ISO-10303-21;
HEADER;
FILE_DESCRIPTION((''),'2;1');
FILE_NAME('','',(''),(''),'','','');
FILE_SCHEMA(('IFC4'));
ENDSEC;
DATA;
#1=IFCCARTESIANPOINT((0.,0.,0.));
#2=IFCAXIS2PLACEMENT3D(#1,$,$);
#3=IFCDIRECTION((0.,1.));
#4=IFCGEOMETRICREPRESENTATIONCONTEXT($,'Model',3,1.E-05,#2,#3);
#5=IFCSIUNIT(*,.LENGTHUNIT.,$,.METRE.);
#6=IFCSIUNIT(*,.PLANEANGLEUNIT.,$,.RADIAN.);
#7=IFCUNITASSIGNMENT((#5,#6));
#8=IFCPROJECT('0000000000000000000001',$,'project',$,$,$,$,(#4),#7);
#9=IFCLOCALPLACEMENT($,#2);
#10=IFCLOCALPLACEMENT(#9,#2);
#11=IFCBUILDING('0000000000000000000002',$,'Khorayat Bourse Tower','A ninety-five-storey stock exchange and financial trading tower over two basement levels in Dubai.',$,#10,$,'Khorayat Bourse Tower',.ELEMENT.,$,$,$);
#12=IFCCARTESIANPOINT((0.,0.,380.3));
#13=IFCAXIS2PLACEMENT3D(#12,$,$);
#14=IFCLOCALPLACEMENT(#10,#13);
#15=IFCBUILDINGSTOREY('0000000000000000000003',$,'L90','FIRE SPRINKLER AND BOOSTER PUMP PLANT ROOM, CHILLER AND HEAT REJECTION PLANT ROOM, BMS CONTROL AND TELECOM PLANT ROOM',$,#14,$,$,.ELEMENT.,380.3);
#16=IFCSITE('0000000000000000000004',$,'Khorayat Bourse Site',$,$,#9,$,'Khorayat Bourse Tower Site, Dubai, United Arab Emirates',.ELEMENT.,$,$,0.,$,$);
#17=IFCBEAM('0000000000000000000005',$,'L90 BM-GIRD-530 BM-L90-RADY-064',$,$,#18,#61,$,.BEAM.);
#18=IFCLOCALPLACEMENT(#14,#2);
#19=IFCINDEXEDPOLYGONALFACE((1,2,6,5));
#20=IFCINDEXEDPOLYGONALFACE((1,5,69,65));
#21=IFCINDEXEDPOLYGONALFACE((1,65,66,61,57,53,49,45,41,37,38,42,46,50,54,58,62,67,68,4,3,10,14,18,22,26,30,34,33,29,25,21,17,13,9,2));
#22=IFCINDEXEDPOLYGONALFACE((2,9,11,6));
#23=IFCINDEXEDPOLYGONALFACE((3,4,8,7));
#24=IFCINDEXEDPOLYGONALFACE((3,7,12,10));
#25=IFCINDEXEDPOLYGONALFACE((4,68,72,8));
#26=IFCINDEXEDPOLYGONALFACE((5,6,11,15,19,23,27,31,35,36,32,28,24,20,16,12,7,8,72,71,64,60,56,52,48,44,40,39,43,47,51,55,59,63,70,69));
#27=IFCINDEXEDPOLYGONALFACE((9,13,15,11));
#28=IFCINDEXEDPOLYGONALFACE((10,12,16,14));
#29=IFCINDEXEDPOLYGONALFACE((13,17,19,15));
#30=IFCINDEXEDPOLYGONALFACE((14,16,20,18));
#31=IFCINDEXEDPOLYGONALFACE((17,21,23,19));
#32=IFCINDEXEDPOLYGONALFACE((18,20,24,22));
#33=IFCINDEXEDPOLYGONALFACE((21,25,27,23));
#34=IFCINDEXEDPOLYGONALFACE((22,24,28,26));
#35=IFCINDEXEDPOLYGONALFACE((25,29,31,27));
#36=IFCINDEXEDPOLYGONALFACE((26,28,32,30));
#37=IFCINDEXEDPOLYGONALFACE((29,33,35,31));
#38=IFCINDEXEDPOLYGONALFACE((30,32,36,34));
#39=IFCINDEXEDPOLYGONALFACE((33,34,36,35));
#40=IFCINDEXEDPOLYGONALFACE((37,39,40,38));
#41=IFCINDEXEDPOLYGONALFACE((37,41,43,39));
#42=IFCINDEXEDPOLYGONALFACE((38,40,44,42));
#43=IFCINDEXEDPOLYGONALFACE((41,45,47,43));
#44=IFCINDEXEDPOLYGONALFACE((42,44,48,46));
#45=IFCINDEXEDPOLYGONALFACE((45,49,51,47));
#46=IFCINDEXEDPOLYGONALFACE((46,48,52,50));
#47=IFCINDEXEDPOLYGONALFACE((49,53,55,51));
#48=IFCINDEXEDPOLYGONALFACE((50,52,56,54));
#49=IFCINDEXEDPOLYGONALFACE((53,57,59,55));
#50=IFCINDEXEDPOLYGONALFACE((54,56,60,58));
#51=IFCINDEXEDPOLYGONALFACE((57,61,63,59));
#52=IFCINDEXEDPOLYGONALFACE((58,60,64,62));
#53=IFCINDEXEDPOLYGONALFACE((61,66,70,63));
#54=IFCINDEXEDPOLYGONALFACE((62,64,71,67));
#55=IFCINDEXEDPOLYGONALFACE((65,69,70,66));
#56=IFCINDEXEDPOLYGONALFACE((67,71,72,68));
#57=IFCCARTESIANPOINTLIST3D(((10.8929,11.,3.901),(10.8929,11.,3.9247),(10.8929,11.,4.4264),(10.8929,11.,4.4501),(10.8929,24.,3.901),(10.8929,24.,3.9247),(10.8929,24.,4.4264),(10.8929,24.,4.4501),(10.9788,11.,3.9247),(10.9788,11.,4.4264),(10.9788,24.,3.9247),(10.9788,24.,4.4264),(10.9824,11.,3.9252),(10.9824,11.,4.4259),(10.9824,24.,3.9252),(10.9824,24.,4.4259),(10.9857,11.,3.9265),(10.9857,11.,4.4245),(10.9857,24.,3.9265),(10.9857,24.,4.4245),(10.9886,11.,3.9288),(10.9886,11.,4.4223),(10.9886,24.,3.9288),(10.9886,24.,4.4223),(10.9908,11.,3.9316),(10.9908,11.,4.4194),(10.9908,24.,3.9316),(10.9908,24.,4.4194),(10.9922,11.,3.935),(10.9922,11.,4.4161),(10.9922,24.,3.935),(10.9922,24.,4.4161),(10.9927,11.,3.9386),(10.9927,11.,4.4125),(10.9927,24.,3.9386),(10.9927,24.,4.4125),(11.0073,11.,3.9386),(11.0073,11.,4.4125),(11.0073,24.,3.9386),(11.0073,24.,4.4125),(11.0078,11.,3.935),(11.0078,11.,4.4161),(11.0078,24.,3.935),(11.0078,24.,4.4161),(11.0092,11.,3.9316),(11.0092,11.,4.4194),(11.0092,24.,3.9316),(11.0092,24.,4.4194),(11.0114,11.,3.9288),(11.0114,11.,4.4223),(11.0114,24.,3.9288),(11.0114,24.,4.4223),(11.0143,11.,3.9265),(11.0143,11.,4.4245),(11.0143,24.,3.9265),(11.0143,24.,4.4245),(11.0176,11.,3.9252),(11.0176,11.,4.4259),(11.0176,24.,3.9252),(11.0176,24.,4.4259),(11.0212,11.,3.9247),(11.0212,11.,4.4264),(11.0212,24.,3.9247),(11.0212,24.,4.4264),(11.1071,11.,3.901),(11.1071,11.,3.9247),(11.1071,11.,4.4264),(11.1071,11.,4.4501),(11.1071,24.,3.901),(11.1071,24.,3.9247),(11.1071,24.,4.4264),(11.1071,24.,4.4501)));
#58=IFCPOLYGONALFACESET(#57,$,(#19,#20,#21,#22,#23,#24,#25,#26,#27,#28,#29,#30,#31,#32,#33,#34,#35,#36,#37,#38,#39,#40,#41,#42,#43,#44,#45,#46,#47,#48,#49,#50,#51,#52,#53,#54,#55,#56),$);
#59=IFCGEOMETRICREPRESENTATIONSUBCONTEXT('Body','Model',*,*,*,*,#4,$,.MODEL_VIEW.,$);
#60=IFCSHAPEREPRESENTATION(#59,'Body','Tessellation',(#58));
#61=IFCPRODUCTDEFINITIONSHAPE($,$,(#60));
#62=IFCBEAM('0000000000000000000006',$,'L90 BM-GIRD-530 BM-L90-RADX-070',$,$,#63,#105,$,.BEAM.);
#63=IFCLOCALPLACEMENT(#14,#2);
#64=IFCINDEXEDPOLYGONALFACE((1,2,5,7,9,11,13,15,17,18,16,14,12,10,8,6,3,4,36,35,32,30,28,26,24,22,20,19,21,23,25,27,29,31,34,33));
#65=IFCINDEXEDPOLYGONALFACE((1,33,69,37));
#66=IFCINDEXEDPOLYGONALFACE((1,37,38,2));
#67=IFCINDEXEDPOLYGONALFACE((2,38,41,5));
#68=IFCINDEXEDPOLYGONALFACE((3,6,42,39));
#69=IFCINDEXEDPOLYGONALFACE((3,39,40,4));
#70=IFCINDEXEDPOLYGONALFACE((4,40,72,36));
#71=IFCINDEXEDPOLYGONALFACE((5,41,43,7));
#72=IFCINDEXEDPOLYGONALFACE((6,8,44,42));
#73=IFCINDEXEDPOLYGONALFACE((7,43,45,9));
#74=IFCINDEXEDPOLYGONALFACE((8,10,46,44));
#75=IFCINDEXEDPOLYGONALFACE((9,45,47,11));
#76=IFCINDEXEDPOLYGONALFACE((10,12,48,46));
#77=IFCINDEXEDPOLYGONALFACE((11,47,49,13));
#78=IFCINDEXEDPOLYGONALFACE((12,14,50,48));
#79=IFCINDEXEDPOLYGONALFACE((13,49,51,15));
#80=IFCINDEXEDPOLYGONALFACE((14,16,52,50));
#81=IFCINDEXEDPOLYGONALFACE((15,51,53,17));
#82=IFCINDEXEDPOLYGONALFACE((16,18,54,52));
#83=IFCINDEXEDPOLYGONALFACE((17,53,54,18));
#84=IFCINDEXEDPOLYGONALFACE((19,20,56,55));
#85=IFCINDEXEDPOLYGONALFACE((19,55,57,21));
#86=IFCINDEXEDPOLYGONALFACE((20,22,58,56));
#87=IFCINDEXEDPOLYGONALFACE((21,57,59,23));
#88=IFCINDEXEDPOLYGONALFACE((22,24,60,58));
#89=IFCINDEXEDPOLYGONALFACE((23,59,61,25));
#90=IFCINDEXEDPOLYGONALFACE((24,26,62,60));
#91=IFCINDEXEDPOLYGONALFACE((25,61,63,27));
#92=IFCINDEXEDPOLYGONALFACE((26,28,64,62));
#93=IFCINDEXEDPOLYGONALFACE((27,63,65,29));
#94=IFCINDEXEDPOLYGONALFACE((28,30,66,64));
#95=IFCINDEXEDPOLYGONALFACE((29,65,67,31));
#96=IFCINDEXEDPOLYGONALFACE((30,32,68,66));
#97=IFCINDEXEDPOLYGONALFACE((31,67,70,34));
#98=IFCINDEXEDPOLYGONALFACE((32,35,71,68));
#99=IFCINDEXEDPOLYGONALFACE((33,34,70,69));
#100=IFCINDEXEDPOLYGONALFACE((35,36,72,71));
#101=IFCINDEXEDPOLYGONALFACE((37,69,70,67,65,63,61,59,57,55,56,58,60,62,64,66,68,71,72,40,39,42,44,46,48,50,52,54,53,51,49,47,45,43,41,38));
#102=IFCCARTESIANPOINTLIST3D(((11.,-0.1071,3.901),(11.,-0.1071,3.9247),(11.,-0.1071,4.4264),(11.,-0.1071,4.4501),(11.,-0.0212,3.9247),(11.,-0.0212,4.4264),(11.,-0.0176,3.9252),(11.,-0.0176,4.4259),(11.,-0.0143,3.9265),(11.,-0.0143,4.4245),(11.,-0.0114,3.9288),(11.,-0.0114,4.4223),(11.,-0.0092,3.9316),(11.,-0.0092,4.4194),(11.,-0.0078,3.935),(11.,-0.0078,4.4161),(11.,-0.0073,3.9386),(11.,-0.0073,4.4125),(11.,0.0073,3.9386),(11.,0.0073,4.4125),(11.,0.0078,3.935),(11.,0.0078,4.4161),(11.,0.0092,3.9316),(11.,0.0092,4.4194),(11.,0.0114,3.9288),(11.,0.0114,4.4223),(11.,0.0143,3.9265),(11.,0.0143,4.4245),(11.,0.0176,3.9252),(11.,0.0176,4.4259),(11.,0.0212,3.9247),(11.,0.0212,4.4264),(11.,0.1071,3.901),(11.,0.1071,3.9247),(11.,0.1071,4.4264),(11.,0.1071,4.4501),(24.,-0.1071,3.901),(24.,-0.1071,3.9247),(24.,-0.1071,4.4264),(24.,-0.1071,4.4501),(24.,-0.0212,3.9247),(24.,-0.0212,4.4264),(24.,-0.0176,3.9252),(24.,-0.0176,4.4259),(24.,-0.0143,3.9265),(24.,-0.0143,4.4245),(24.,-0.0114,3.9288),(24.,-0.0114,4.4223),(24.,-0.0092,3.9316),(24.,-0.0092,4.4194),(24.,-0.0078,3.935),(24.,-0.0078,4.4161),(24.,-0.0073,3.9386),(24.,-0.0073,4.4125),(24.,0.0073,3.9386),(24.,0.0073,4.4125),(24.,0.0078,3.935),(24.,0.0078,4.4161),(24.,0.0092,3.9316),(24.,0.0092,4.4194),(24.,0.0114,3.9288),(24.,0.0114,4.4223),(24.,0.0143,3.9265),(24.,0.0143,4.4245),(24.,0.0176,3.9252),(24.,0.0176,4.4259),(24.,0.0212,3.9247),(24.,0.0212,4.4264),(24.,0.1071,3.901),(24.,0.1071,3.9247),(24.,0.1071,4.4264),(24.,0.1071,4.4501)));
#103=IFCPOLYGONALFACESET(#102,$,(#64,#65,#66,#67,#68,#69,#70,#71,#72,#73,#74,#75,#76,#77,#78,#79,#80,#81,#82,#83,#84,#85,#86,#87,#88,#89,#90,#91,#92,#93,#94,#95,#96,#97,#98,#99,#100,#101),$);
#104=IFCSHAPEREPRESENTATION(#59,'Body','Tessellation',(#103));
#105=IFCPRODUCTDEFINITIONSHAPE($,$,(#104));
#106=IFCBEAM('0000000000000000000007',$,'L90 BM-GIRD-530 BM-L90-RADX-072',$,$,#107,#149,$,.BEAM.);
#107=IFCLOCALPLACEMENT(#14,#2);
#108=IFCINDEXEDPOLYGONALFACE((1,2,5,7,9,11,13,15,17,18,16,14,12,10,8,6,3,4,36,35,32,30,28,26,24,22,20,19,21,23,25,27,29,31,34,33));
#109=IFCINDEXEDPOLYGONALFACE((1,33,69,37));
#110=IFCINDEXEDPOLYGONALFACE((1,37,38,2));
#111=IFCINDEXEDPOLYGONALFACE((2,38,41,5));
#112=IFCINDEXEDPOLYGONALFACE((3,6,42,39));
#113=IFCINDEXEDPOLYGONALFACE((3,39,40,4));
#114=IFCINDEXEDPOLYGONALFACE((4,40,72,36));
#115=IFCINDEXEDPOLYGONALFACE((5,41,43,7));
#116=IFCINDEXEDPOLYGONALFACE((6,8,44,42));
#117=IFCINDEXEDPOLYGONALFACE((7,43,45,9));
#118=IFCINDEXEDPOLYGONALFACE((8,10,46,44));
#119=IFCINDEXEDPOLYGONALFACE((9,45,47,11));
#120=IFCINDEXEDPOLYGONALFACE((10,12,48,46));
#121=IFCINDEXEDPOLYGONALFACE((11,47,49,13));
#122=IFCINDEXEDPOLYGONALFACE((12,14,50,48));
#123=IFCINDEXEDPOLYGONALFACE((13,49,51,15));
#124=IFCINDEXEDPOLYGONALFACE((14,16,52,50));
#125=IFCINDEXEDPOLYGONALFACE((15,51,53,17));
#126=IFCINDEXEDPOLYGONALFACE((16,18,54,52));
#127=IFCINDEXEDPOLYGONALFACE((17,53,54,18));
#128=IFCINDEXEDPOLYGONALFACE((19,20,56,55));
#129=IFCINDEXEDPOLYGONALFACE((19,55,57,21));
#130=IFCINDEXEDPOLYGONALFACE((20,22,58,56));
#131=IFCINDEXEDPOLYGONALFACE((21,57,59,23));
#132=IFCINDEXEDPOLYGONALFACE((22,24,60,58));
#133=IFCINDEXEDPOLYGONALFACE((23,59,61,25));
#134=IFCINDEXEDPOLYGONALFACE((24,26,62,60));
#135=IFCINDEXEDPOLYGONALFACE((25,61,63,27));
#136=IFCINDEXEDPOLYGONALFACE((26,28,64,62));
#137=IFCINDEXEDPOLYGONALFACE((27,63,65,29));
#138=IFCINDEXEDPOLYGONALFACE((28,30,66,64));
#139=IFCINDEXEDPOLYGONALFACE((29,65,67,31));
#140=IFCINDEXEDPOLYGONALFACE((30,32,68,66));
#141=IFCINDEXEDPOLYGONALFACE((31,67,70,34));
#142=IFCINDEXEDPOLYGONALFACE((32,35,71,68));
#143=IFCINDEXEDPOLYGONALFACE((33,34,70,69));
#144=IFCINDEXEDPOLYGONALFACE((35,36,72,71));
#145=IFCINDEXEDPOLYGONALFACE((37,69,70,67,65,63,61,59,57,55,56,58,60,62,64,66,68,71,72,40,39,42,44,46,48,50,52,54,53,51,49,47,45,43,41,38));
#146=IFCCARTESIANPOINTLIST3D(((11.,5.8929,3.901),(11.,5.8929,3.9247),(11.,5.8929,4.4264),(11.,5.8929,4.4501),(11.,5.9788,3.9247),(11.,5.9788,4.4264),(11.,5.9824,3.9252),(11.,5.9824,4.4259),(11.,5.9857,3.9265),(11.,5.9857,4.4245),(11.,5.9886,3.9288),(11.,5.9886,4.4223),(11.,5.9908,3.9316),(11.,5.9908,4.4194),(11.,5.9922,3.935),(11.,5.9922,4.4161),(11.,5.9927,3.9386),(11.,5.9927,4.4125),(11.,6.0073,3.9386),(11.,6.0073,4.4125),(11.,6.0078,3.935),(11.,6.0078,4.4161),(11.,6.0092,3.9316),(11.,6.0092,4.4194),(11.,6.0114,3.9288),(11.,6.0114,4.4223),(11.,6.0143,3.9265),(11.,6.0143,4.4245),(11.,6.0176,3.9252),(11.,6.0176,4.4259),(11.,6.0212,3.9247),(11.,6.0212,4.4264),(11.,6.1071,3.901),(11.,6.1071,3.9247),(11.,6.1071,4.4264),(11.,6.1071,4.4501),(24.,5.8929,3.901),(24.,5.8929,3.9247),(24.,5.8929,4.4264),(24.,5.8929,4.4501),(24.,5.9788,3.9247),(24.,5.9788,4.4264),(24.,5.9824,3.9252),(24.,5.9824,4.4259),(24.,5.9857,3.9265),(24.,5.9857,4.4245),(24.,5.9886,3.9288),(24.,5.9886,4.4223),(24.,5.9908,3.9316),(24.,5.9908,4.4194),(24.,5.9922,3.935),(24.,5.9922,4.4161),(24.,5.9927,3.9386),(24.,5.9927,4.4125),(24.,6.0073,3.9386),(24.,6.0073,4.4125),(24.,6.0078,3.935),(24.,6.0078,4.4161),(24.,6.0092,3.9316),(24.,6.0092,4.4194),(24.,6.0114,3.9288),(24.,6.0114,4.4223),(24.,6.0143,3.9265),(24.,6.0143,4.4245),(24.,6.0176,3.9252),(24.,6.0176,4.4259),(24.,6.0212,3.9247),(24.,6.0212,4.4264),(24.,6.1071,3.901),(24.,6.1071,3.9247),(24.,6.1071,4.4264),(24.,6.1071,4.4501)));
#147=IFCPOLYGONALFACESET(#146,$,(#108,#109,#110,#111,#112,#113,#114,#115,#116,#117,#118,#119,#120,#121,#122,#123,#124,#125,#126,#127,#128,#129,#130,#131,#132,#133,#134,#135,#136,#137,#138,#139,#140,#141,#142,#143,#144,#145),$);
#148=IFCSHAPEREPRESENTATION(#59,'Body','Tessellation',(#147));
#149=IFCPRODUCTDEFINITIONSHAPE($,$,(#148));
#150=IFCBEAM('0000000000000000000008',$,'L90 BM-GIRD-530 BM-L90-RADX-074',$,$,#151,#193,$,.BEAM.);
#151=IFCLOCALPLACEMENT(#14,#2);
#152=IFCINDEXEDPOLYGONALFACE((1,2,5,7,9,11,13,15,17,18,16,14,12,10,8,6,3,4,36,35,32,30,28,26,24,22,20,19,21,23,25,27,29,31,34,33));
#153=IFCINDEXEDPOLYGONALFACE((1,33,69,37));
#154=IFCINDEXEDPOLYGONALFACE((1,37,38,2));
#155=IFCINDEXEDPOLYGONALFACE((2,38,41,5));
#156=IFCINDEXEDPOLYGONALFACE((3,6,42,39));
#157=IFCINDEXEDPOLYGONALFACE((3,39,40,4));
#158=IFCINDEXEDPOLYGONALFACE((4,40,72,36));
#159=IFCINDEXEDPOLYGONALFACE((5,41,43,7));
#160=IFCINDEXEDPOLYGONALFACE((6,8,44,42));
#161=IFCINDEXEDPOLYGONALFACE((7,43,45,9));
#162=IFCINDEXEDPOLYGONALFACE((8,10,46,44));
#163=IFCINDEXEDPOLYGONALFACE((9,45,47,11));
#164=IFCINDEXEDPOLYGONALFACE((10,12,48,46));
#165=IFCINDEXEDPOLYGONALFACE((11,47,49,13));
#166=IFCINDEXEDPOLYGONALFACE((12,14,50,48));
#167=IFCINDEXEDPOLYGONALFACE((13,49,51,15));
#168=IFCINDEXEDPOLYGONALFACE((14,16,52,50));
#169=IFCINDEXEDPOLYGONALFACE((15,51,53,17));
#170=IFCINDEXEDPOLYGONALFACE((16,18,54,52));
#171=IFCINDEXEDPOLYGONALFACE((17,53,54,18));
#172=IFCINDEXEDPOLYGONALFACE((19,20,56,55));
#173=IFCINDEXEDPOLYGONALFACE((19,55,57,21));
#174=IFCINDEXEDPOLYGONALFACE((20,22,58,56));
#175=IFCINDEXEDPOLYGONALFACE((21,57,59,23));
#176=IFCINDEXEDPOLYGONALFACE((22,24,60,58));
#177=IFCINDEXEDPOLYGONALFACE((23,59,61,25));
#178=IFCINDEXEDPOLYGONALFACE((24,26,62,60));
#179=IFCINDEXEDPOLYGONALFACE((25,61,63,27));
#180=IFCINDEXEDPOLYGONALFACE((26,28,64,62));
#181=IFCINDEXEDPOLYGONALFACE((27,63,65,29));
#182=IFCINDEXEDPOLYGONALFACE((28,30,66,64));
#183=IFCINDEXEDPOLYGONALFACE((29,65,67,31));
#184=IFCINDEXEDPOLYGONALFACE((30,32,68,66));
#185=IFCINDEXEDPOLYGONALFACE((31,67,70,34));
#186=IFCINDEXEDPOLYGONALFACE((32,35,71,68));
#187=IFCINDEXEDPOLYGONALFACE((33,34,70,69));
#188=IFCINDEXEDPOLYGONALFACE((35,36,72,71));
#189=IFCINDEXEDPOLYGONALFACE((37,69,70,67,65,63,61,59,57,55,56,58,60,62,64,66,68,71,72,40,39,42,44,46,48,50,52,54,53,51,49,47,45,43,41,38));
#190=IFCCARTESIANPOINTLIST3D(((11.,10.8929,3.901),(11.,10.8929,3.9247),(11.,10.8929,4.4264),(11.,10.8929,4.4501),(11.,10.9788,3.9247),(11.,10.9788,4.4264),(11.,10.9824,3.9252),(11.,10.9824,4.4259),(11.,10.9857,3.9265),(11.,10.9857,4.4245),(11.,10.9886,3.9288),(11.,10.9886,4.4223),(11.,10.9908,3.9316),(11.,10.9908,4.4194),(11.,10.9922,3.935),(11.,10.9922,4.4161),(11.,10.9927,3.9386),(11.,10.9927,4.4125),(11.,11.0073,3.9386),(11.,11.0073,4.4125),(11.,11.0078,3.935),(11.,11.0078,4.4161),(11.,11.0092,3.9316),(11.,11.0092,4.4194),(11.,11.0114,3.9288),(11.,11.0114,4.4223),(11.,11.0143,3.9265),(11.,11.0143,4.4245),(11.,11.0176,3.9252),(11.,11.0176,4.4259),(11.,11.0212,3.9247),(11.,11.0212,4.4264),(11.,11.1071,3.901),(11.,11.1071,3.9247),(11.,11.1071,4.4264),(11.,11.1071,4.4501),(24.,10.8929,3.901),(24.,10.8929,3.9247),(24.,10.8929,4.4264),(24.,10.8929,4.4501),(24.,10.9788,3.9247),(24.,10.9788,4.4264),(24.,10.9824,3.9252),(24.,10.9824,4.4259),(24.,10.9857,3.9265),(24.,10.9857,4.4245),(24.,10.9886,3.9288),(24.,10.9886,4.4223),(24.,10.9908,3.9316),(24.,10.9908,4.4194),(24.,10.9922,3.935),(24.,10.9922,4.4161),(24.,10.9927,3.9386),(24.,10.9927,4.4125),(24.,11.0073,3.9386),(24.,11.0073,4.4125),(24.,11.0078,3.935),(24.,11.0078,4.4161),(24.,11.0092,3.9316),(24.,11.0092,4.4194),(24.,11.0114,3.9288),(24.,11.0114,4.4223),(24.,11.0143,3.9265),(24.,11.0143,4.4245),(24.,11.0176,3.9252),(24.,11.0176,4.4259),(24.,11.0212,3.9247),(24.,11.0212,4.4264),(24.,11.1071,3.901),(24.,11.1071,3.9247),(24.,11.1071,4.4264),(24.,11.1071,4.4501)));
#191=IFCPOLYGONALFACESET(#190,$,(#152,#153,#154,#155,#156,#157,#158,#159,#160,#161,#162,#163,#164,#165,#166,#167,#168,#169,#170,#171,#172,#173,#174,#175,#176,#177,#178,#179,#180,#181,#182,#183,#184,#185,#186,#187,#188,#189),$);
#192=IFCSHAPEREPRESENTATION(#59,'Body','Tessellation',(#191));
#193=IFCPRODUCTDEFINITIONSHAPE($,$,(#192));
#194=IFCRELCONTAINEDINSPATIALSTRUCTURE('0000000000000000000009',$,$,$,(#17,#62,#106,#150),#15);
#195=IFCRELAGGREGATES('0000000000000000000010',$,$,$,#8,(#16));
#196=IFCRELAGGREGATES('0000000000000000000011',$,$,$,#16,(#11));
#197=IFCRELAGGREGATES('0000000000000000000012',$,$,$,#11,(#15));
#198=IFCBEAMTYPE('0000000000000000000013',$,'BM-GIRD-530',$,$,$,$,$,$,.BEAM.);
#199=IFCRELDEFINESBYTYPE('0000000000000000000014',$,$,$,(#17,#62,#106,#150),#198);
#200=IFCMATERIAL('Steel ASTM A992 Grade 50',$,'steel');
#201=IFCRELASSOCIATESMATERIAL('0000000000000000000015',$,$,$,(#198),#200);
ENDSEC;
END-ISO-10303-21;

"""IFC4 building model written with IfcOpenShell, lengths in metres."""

from ifc_helpers import new_model, si_unit, direction, frame, origin, origin_2d, place, context, subcontext, project, spatial, i_section, extrude, source, transform, mapped, material, material_profile, profile_set, type_object, element, save


model = new_model("IFC4")

# Units and contexts
model_context = context("Model", 3, precision=1e-05, world=origin(), true_north=direction((0.0, 1.0)))
body_context = subcontext(model_context, "Body", "Model", "MODEL_VIEW")
ifc_project = project(units=[si_unit("LENGTHUNIT", "METRE"), si_unit("PLANEANGLEUNIT", "RADIAN")], contexts=[model_context])

# Site, building, storey
site_placement = place(None, origin())
site = spatial("IfcSite", under=ifc_project, at=site_placement, Name="Khorayat Bourse Site", LongName="Khorayat Bourse Tower Site, Dubai, United Arab Emirates", CompositionType="ELEMENT", RefElevation=0.0)
building_placement = place(site_placement, origin())
building = spatial("IfcBuilding", under=site, at=building_placement, Name="Khorayat Bourse Tower", Description="A ninety-five-storey stock exchange and financial trading tower over two basement levels in Dubai.", LongName="Khorayat Bourse Tower", CompositionType="ELEMENT")
storey_placement = place(building_placement, frame((0.0, 0.0, 380.3)))
storey = spatial("IfcBuildingStorey", under=building, at=storey_placement, Name="L90", Description="FIRE SPRINKLER AND BOOSTER PUMP PLANT ROOM, CHILLER AND HEAT REJECTION PLANT ROOM, BMS CONTROL AND TELECOM PLANT ROOM", CompositionType="ELEMENT", Elevation=380.3)

# Beams
ifc_material_1 = material(Name="Steel ASTM A992 Grade 50", Category="steel")
ifc_material_profile_1 = material_profile(ifc_material_1, i_section(OverallWidth=0.2141, OverallDepth=0.5491, WebThickness=0.0146, FlangeThickness=0.0237, FilletRadius=0.0139, at=origin_2d()), Name="W530X138")
ifc_profile_set_1 = profile_set([ifc_material_profile_1], Name="Steel ASTM A992 Grade 50")
beam_type_1 = type_object("IfcBeamType", Name="BM-GIRD-530", PredefinedType="BEAM", material=ifc_profile_set_1)
shared_shape_1 = source(origin(), body_context, "Body", "SweptSolid", [
    extrude(i_section(OverallWidth=0.2141, OverallDepth=0.5491, WebThickness=0.0146, FlangeThickness=0.0237, FilletRadius=0.0139, at=origin_2d()), origin(), (0.0, 0.0, 1.0), 13.0),
])
for number, where, z_axis, x_axis, name in (
    (1, (11.0, 11.0, 4.1755), (0.0, 1.0, 0.0), (-1.0, 0.0, 0.0), "L90 BM-GIRD-530 BM-L90-RADY-064"),
    (2, (11.0, 0.0, 4.1755), (1.0, 0.0, 0.0), (0.0, 1.0, 0.0), "L90 BM-GIRD-530 BM-L90-RADX-070"),
    (3, (11.0, 6.0, 4.1755), (1.0, 0.0, 0.0), (0.0, 1.0, 0.0), "L90 BM-GIRD-530 BM-L90-RADX-072"),
    (4, (11.0, 11.0, 4.1755), (1.0, 0.0, 0.0), (0.0, 1.0, 0.0), "L90 BM-GIRD-530 BM-L90-RADX-074"),
):
    element("IfcBeam", number, at=place(storey_placement, frame(where, z_axis=z_axis, x_axis=x_axis)), inside=storey, type_object=beam_type_1, Name=name, PredefinedType="BEAM", context=body_context, shape_type="MappedRepresentation", body=[
        mapped(shared_shape_1, transform((0.0, 0.0, 0.0), scale=1.0)),
    ])

save(model, "model.ifc")
